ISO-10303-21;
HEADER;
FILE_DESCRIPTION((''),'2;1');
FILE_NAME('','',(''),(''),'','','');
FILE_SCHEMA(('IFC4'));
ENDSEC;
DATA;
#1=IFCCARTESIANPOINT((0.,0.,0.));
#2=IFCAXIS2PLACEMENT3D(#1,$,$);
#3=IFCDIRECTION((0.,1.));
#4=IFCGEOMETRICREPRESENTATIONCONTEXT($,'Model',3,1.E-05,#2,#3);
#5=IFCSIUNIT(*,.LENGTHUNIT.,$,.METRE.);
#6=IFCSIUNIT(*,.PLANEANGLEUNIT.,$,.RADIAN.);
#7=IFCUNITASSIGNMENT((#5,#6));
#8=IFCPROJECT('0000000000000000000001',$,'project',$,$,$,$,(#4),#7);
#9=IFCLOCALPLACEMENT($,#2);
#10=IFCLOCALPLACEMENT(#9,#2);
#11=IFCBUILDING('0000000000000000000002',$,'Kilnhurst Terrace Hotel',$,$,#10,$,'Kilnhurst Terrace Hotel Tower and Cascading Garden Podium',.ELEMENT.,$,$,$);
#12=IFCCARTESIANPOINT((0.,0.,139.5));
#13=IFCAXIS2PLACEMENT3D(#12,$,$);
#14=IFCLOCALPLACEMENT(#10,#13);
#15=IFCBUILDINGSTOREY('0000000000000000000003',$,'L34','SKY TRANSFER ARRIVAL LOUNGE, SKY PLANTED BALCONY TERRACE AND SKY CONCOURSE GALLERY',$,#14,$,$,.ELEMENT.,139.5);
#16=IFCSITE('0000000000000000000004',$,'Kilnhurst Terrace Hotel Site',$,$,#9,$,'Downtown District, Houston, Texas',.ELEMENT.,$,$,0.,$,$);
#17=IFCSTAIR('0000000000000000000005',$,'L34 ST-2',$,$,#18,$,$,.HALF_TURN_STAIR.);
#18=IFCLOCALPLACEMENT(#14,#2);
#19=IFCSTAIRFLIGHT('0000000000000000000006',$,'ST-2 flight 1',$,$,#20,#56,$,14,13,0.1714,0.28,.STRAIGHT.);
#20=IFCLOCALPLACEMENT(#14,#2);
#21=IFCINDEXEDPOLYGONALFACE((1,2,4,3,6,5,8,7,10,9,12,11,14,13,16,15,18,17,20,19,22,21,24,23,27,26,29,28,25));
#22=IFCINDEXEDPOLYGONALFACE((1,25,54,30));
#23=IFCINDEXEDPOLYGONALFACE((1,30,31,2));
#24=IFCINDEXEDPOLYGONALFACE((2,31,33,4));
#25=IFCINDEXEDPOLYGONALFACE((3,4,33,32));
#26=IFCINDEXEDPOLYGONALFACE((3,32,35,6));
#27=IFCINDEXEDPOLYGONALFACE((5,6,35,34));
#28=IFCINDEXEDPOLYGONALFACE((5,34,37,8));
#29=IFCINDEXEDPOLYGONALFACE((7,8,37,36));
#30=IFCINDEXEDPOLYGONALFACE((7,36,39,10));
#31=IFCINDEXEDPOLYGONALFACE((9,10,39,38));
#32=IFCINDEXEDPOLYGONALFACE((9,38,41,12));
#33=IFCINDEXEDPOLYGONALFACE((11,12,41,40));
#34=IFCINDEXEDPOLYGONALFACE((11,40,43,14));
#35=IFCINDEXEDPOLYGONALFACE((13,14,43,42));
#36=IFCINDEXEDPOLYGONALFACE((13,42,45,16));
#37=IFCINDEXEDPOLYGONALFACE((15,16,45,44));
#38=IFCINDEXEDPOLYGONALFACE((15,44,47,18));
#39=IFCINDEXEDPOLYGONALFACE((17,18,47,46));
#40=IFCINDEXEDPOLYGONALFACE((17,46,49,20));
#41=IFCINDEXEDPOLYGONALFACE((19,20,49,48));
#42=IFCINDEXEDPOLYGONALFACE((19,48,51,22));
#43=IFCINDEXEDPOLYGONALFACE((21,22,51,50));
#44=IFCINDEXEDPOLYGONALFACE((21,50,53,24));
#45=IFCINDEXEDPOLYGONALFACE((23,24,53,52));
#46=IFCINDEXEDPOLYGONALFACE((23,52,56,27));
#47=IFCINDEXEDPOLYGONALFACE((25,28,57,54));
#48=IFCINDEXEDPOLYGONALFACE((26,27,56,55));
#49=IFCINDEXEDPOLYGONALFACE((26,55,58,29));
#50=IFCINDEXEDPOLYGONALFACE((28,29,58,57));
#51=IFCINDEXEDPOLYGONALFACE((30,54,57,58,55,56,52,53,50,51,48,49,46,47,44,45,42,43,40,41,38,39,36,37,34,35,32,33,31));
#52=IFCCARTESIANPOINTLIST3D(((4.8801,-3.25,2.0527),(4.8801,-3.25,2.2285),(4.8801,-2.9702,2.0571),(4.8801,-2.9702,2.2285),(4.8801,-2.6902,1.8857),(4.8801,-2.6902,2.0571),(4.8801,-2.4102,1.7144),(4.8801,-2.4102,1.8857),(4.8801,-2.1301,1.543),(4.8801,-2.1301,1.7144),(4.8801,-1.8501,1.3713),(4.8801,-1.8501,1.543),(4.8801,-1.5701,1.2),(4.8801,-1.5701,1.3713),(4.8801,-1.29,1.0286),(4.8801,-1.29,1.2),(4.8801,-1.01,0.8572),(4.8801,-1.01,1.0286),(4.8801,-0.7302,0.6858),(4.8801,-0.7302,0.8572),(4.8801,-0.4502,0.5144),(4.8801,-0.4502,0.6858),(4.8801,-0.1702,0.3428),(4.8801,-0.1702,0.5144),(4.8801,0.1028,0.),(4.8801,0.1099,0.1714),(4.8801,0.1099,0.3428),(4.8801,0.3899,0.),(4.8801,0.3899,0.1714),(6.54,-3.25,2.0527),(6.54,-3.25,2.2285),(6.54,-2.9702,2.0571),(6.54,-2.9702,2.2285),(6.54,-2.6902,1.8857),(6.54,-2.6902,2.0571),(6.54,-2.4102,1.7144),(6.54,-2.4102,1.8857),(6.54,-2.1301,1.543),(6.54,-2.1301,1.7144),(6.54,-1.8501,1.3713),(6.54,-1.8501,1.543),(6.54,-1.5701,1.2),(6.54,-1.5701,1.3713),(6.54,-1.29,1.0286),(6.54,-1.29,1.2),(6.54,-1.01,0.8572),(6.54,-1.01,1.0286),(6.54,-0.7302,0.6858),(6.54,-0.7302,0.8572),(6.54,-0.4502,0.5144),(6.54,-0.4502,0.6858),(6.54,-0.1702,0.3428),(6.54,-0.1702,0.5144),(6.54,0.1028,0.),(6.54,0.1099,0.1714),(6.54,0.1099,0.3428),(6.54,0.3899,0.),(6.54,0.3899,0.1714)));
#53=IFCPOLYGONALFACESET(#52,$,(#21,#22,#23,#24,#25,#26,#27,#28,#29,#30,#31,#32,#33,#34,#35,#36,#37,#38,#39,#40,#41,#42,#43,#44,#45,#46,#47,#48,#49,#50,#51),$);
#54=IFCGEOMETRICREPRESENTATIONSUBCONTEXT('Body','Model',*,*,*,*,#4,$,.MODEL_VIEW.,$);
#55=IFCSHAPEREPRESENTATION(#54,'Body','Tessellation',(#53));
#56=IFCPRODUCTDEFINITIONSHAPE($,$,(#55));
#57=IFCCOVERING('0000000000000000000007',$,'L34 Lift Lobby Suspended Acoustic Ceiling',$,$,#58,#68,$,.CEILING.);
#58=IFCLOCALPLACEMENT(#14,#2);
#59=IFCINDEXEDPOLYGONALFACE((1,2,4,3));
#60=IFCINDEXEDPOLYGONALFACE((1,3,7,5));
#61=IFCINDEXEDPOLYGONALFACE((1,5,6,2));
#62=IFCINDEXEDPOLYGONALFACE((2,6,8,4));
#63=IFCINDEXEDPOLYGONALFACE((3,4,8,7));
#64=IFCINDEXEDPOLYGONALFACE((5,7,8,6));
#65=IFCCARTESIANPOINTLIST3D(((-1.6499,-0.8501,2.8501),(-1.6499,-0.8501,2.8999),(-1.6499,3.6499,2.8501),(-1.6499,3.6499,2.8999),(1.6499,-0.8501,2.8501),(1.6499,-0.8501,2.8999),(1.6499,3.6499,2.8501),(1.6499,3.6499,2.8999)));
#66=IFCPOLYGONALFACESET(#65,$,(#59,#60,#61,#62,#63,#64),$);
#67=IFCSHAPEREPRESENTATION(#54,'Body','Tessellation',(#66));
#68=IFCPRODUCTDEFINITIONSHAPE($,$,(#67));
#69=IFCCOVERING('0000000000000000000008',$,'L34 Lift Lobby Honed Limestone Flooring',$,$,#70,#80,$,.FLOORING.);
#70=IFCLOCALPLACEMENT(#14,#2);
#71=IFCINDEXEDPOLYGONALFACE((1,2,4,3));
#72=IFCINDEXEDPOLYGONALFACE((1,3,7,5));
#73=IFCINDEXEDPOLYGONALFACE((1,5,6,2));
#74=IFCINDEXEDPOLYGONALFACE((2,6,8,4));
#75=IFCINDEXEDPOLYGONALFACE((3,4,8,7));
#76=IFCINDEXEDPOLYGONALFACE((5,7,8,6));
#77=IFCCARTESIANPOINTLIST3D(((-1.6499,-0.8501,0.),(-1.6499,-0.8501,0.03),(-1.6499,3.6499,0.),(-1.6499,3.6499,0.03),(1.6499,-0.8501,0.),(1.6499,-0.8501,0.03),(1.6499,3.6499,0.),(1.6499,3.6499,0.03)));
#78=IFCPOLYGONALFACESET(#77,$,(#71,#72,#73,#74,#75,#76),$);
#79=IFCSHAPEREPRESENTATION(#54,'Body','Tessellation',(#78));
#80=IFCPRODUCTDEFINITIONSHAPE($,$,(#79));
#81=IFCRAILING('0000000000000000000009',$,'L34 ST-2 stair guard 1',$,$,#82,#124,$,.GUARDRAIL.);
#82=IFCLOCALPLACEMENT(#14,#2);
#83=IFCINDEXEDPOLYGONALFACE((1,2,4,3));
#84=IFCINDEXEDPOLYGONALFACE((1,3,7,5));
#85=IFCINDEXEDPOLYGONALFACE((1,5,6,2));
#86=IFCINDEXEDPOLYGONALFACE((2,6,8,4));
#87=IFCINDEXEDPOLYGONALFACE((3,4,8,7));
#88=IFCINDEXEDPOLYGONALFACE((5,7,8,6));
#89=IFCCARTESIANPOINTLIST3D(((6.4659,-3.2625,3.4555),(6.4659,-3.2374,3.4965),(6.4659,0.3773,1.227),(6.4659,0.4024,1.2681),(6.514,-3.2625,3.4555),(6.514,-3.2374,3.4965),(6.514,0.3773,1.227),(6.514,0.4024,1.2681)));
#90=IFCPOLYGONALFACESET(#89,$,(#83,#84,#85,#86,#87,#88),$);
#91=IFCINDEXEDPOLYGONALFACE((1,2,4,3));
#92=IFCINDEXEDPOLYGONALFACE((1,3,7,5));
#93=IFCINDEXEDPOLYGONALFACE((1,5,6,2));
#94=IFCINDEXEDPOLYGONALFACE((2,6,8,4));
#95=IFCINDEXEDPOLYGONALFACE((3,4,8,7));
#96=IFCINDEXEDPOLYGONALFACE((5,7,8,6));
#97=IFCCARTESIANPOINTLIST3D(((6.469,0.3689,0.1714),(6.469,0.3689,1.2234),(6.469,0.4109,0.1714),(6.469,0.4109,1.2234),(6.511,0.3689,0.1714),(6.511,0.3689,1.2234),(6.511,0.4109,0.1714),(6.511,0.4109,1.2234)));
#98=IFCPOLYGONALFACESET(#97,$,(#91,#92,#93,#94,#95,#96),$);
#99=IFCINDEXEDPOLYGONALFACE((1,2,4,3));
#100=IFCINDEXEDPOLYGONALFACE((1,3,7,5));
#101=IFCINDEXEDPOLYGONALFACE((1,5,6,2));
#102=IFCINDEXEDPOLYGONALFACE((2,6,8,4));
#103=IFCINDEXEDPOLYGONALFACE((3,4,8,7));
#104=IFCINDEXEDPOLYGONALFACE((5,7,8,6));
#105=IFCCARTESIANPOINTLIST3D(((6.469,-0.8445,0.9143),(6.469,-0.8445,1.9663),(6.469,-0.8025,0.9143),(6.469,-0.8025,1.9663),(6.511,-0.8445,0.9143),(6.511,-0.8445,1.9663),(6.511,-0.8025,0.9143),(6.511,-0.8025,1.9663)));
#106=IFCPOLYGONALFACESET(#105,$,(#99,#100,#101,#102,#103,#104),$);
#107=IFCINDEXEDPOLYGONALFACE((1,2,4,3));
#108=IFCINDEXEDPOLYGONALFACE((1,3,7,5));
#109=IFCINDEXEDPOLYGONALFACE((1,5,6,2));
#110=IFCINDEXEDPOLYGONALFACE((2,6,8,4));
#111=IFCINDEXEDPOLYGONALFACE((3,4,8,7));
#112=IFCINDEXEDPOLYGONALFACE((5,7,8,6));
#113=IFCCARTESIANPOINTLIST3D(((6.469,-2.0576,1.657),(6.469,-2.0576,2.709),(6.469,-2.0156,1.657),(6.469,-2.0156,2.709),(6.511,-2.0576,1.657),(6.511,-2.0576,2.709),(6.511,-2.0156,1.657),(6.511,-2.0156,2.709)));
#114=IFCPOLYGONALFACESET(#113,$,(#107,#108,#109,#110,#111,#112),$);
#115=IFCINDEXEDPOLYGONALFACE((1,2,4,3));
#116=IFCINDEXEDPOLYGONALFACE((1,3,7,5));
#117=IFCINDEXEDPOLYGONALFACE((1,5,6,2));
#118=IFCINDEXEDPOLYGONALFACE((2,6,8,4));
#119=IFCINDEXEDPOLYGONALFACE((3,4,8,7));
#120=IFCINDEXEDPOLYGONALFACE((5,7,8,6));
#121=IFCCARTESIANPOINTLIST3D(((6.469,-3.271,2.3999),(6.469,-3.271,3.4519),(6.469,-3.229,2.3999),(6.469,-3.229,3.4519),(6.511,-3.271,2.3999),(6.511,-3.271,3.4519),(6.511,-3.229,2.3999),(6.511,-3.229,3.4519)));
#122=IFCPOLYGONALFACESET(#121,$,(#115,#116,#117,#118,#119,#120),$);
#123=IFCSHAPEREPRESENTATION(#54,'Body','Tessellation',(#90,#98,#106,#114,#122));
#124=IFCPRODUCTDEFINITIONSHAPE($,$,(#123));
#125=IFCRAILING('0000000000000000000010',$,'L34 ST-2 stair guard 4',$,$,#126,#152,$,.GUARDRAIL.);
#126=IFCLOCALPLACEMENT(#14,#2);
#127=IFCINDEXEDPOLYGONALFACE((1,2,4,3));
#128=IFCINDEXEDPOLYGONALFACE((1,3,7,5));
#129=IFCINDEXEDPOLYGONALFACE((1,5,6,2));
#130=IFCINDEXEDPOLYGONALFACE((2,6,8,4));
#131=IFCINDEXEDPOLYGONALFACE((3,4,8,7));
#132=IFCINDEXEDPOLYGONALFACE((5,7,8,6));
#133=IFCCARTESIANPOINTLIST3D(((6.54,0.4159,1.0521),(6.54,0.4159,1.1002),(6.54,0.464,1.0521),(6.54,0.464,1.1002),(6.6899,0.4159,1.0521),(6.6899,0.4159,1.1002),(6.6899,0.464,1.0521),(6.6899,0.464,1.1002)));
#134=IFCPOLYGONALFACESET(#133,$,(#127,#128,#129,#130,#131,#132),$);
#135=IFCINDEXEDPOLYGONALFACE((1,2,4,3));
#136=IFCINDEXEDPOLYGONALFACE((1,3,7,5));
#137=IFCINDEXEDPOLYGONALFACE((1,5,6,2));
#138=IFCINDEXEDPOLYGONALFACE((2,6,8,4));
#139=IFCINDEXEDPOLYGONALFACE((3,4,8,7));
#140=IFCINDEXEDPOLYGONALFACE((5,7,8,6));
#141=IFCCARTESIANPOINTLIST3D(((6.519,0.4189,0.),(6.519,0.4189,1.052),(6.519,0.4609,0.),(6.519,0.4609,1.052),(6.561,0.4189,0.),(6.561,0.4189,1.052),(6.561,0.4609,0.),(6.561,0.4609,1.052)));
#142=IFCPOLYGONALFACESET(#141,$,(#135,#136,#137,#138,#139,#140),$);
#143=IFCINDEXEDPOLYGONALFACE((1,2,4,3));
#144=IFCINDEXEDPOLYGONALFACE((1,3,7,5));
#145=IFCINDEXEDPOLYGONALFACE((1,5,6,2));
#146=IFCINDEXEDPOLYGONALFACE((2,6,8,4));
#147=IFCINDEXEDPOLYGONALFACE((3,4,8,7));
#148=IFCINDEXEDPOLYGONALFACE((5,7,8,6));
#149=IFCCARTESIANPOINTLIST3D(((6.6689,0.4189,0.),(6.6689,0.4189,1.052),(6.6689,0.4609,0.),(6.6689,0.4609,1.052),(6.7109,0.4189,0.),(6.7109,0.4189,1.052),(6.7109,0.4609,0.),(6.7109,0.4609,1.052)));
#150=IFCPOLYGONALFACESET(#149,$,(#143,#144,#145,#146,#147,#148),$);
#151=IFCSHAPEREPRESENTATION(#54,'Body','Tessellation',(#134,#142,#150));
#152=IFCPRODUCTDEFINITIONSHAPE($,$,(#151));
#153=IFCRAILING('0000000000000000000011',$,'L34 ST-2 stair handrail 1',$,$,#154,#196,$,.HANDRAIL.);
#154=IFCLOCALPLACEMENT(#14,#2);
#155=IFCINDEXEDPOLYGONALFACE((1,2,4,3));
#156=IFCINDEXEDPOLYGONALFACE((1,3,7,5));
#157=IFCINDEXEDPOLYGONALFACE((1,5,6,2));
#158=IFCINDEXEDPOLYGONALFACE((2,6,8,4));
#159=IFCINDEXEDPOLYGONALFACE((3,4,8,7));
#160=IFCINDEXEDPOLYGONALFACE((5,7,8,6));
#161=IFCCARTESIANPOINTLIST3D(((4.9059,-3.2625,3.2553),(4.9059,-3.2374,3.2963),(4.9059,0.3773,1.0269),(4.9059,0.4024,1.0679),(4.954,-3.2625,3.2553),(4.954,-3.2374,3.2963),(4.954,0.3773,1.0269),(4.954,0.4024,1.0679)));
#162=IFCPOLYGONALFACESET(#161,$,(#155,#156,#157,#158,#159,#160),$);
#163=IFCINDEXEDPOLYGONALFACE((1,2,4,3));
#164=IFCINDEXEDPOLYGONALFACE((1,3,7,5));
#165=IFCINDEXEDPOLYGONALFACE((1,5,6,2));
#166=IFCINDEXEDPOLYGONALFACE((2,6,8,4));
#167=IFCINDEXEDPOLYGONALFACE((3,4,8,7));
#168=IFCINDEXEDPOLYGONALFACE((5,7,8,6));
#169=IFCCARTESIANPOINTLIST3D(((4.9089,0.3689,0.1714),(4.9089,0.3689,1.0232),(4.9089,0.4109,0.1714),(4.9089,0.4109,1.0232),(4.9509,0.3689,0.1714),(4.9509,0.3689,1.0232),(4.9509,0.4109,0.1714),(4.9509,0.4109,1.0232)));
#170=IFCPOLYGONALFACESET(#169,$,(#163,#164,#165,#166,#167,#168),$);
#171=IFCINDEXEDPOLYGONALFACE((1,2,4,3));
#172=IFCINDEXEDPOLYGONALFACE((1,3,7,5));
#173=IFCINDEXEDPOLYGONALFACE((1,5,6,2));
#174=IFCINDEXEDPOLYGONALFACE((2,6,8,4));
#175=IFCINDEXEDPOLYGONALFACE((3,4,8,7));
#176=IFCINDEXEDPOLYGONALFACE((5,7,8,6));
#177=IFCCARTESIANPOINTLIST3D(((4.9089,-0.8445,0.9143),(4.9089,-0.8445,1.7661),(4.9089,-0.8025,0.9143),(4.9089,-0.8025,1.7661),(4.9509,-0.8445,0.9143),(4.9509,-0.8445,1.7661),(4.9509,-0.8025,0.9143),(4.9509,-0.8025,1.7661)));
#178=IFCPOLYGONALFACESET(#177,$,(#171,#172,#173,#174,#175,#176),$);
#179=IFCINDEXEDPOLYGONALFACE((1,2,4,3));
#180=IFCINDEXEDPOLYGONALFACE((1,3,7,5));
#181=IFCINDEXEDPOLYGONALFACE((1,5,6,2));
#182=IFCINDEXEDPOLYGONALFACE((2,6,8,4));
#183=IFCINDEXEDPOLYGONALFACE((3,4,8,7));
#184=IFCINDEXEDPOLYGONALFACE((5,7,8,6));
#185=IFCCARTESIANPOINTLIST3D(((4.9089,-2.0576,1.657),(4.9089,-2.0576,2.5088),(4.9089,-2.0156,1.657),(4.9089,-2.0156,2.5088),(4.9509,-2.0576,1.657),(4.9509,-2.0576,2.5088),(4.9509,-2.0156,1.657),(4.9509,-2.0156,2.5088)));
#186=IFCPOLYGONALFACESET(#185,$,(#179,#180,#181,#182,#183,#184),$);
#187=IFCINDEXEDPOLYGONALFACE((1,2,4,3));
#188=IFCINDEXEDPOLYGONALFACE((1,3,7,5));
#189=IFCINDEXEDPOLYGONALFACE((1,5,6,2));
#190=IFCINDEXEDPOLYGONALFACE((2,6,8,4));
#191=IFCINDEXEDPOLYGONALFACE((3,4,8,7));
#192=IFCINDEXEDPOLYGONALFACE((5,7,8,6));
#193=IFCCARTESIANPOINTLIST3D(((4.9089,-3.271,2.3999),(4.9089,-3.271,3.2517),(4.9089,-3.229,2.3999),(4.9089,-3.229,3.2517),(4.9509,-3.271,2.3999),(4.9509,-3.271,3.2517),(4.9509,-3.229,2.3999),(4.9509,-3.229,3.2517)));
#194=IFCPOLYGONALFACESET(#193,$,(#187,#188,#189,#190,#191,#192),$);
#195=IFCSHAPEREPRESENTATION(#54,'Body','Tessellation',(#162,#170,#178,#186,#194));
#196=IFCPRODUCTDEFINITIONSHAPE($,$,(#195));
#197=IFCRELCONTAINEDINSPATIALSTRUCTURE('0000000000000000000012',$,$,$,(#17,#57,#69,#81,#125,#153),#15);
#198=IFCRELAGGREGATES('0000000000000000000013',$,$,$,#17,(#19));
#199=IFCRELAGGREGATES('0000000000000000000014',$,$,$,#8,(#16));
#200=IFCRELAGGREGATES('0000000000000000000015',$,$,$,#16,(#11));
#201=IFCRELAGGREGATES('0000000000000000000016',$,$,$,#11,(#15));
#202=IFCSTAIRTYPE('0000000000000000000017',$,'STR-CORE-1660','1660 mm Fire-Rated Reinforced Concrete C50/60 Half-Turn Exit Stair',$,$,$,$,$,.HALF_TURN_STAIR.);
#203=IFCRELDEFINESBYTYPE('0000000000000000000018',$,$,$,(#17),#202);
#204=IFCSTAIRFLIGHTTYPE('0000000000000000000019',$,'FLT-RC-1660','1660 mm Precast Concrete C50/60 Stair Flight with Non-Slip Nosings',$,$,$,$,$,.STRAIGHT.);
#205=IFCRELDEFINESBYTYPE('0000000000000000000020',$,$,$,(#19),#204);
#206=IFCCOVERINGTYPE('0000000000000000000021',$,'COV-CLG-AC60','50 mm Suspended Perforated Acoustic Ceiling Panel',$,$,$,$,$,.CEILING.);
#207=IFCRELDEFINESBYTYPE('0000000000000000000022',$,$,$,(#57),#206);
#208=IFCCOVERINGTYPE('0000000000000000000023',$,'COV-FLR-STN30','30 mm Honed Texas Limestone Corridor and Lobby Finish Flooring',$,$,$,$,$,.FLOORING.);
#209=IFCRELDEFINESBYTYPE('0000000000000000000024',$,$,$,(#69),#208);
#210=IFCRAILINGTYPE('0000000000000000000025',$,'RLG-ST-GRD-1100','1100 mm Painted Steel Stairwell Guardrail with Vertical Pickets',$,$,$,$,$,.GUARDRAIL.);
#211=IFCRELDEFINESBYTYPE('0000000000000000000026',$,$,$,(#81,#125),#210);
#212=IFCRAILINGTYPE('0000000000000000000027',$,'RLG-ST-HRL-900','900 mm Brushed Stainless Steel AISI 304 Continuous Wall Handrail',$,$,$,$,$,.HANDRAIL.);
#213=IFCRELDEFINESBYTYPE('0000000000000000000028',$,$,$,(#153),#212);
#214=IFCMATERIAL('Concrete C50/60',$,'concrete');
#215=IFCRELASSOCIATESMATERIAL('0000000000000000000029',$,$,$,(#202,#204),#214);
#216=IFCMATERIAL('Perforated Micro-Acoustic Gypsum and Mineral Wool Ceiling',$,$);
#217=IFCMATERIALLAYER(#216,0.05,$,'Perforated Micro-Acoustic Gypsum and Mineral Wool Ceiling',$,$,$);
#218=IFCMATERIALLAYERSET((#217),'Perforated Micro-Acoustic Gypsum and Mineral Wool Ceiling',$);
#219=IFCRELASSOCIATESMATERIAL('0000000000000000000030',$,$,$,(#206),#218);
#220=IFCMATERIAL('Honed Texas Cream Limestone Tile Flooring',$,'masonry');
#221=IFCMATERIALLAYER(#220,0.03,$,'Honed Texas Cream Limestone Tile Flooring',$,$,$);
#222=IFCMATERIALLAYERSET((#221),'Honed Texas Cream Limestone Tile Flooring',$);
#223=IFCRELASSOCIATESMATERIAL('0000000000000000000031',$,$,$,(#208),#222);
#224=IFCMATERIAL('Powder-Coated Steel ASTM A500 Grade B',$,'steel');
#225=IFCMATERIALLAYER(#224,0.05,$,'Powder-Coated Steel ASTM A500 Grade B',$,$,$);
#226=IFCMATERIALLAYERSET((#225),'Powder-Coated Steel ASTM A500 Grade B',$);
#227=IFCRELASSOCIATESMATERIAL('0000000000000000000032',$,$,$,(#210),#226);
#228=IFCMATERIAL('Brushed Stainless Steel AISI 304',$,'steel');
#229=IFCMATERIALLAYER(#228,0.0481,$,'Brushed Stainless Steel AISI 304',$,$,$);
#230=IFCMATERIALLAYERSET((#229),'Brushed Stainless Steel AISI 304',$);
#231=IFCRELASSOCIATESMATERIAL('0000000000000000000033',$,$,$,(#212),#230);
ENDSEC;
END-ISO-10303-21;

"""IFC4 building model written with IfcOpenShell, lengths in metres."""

from ifc_helpers import new_model, si_unit, direction, frame, origin, origin_2d, place, context, subcontext, project, spatial, polyline, rectangle, outline, extrude, material, layer, layer_set, type_object, element, aggregate, save


model = new_model("IFC4")

# Units and contexts
model_context = context("Model", 3, precision=1e-05, world=origin(), true_north=direction((0.0, 1.0)))
body_context = subcontext(model_context, "Body", "Model", "MODEL_VIEW")
ifc_project = project(units=[si_unit("LENGTHUNIT", "METRE"), si_unit("PLANEANGLEUNIT", "RADIAN")], contexts=[model_context])

# Site, building, storey
site_placement = place(None, origin())
site = spatial("IfcSite", under=ifc_project, at=site_placement, Name="Kilnhurst Terrace Hotel Site", LongName="Downtown District, Houston, Texas", CompositionType="ELEMENT", RefElevation=0.0)
building_placement = place(site_placement, origin())
building = spatial("IfcBuilding", under=site, at=building_placement, Name="Kilnhurst Terrace Hotel", LongName="Kilnhurst Terrace Hotel Tower and Cascading Garden Podium", CompositionType="ELEMENT")
storey_placement = place(building_placement, frame((0.0, 0.0, 139.5)))
storey = spatial("IfcBuildingStorey", under=building, at=storey_placement, Name="L34", Description="SKY TRANSFER ARRIVAL LOUNGE, SKY PLANTED BALCONY TERRACE AND SKY CONCOURSE GALLERY", CompositionType="ELEMENT", Elevation=139.5)

# Shared definitions
ifc_material_1 = material(Name="Concrete C50/60", Category="concrete")

# Stair
stair_type = type_object("IfcStairType", Name="STR-CORE-1660", Description="1660 mm Fire-Rated Reinforced Concrete C50/60 Half-Turn Exit Stair", PredefinedType="HALF_TURN_STAIR", material=ifc_material_1)
stair_1_placement = place(storey_placement, origin())
stair_1 = element("IfcStair", 1, at=stair_1_placement, inside=storey, type_object=stair_type, Name="L34 ST-2", PredefinedType="HALF_TURN_STAIR")

# Stair flight
stair_flight_type = type_object("IfcStairFlightType", Name="FLT-RC-1660", Description="1660 mm Precast Concrete C50/60 Stair Flight with Non-Slip Nosings", PredefinedType="STRAIGHT", material=ifc_material_1)
stair_flight_placement = place(storey_placement, frame((5.71, 0.3899, 0.0), z_axis=(0.0, 0.0, 1.0), x_axis=(0.0, -1.0, 0.0)))
stair_flight = element("IfcStairFlight", 2, at=stair_flight_placement, type_object=stair_flight_type, Name="ST-2 flight 1", NumberOfRisers=14, NumberOfTreads=13, PredefinedType="STRAIGHT", RiserHeight=0.1714, TreadLength=0.28, context=body_context, shape_type="SweptSolid", body=[
    extrude(outline(polyline([(0.0, 0.0), (0.0, 0.1714), (0.28, 0.1714), (0.28, 0.3428), (0.5601, 0.3428), (0.5601, 0.5144), (0.8401, 0.5144), (0.8401, 0.6858), (1.1201, 0.6858), (1.1201, 0.8572), (1.3999, 0.8572), (1.3999, 1.0286), (1.6799, 1.0286), (1.6799, 1.2), (1.96, 1.2), (1.96, 1.3713), (2.24, 1.3713), (2.24, 1.543), (2.52, 1.543), (2.52, 1.7144), (2.8, 1.7144), (2.8, 1.8857), (3.0801, 1.8857), (3.0801, 2.0571), (3.3601, 2.0571), (3.3601, 2.2285), (3.6399, 2.2285), (3.6399, 2.3999), (3.6399, 2.0527), (0.2871, 0.0), (0.0, 0.0)])), frame((0.0, 0.8301, 0.0), z_axis=(0.0, -1.0, 0.0), x_axis=(1.0, 0.0, 0.0)), (0.0, 0.0, 1.0), 1.6599),
])
aggregate(stair_1, [stair_flight])

# Coverings
ifc_material_2 = material(Name="Perforated Micro-Acoustic Gypsum and Mineral Wool Ceiling")
ifc_layer_1 = layer(ifc_material_2, 0.05, Name="Perforated Micro-Acoustic Gypsum and Mineral Wool Ceiling")
ifc_layer_set_1 = layer_set([ifc_layer_1], Name="Perforated Micro-Acoustic Gypsum and Mineral Wool Ceiling")
covering_type_1 = type_object("IfcCoveringType", Name="COV-CLG-AC60", Description="50 mm Suspended Perforated Acoustic Ceiling Panel", PredefinedType="CEILING", material=ifc_layer_set_1)
covering_1_placement = place(storey_placement, frame((0.0, 0.0, 2.8501)))
element("IfcCovering", 3, at=covering_1_placement, inside=storey, type_object=covering_type_1, Name="L34 Lift Lobby Suspended Acoustic Ceiling", PredefinedType="CEILING", context=body_context, shape_type="SweptSolid", body=[
    extrude(outline(polyline([(-1.6499, -0.8501), (1.6499, -0.8501), (1.6499, 3.6499), (-1.6499, 3.6499), (-1.6499, -0.8501)])), origin(), (0.0, 0.0, 1.0), 0.0498),
])
ifc_material_3 = material(Name="Honed Texas Cream Limestone Tile Flooring", Category="masonry")
ifc_layer_2 = layer(ifc_material_3, 0.03, Name="Honed Texas Cream Limestone Tile Flooring")
ifc_layer_set_2 = layer_set([ifc_layer_2], Name="Honed Texas Cream Limestone Tile Flooring")
covering_type_2 = type_object("IfcCoveringType", Name="COV-FLR-STN30", Description="30 mm Honed Texas Limestone Corridor and Lobby Finish Flooring", PredefinedType="FLOORING", material=ifc_layer_set_2)
covering_2_placement = place(storey_placement, origin())
element("IfcCovering", 4, at=covering_2_placement, inside=storey, type_object=covering_type_2, Name="L34 Lift Lobby Honed Limestone Flooring", PredefinedType="FLOORING", context=body_context, shape_type="SweptSolid", body=[
    extrude(outline(polyline([(-1.6499, -0.8501), (1.6499, -0.8501), (1.6499, 3.6499), (-1.6499, 3.6499), (-1.6499, -0.8501)])), origin(), (0.0, 0.0, 1.0), 0.03),
])

# Railings
ifc_material_4 = material(Name="Powder-Coated Steel ASTM A500 Grade B", Category="steel")
ifc_layer_3 = layer(ifc_material_4, 0.05, Name="Powder-Coated Steel ASTM A500 Grade B")
ifc_layer_set_3 = layer_set([ifc_layer_3], Name="Powder-Coated Steel ASTM A500 Grade B")
railing_type_1 = type_object("IfcRailingType", Name="RLG-ST-GRD-1100", Description="1100 mm Painted Steel Stairwell Guardrail with Vertical Pickets", PredefinedType="GUARDRAIL", material=ifc_layer_set_3)
railing_1_placement = place(storey_placement, frame((6.49, 0.3899, 0.1714)))
element("IfcRailing", 5, at=railing_1_placement, inside=storey, type_object=railing_type_1, Name="L34 ST-2 stair guard 1", PredefinedType="GUARDRAIL", context=body_context, shape_type="SweptSolid", body=[
    extrude(rectangle(XDim=0.0481, YDim=0.0481, at=origin_2d()), frame((0.0, 0.0, 1.0762), z_axis=(0.0, -0.85285, 0.522156), x_axis=(1.0, 0.0, 0.0)), (0.0, 0.0, 1.0), 4.2678),
    extrude(rectangle(XDim=0.042, YDim=0.042, at=origin_2d()), origin(), (0.0, 0.0, 1.0), 1.052),
    extrude(rectangle(XDim=0.042, YDim=0.042, at=origin_2d()), frame((0.0, -1.2134, 0.7429)), (0.0, 0.0, 1.0), 1.052),
    extrude(rectangle(XDim=0.042, YDim=0.042, at=origin_2d()), frame((0.0, -2.4265, 1.4856)), (0.0, 0.0, 1.0), 1.052),
    extrude(rectangle(XDim=0.042, YDim=0.042, at=origin_2d()), frame((0.0, -3.6399, 2.2285)), (0.0, 0.0, 1.0), 1.052),
])
railing_2_placement = place(storey_placement, frame((6.54, 0.4399, 0.0)))
element("IfcRailing", 6, at=railing_2_placement, inside=storey, type_object=railing_type_1, Name="L34 ST-2 stair guard 4", PredefinedType="GUARDRAIL", context=body_context, shape_type="SweptSolid", body=[
    extrude(rectangle(XDim=0.0481, YDim=0.0481, at=origin_2d()), frame((0.0, 0.0, 1.0762), z_axis=(1.0, 0.0, 0.0), x_axis=(0.0, 1.0, 0.0)), (0.0, 0.0, 1.0), 0.1499),
    extrude(rectangle(XDim=0.042, YDim=0.042, at=origin_2d()), origin(), (0.0, 0.0, 1.0), 1.052),
    extrude(rectangle(XDim=0.042, YDim=0.042, at=origin_2d()), frame((0.1499, 0.0, 0.0)), (0.0, 0.0, 1.0), 1.052),
])
ifc_material_5 = material(Name="Brushed Stainless Steel AISI 304", Category="steel")
ifc_layer_4 = layer(ifc_material_5, 0.0481, Name="Brushed Stainless Steel AISI 304")
ifc_layer_set_4 = layer_set([ifc_layer_4], Name="Brushed Stainless Steel AISI 304")
railing_type_2 = type_object("IfcRailingType", Name="RLG-ST-HRL-900", Description="900 mm Brushed Stainless Steel AISI 304 Continuous Wall Handrail", PredefinedType="HANDRAIL", material=ifc_layer_set_4)
railing_3_placement = place(storey_placement, frame((4.9299, 0.3899, 0.1714)))
element("IfcRailing", 7, at=railing_3_placement, inside=storey, type_object=railing_type_2, Name="L34 ST-2 stair handrail 1", PredefinedType="HANDRAIL", context=body_context, shape_type="SweptSolid", body=[
    extrude(rectangle(XDim=0.0481, YDim=0.0481, at=origin_2d()), frame((0.0, 0.0, 0.876), z_axis=(0.0, -0.85285, 0.522156), x_axis=(1.0, 0.0, 0.0)), (0.0, 0.0, 1.0), 4.2678),
    extrude(rectangle(XDim=0.042, YDim=0.042, at=origin_2d()), origin(), (0.0, 0.0, 1.0), 0.8518),
    extrude(rectangle(XDim=0.042, YDim=0.042, at=origin_2d()), frame((0.0, -1.2134, 0.7429)), (0.0, 0.0, 1.0), 0.8518),
    extrude(rectangle(XDim=0.042, YDim=0.042, at=origin_2d()), frame((0.0, -2.4265, 1.4856)), (0.0, 0.0, 1.0), 0.8518),
    extrude(rectangle(XDim=0.042, YDim=0.042, at=origin_2d()), frame((0.0, -3.6399, 2.2285)), (0.0, 0.0, 1.0), 0.8518),
])

save(model, "model.ifc")
